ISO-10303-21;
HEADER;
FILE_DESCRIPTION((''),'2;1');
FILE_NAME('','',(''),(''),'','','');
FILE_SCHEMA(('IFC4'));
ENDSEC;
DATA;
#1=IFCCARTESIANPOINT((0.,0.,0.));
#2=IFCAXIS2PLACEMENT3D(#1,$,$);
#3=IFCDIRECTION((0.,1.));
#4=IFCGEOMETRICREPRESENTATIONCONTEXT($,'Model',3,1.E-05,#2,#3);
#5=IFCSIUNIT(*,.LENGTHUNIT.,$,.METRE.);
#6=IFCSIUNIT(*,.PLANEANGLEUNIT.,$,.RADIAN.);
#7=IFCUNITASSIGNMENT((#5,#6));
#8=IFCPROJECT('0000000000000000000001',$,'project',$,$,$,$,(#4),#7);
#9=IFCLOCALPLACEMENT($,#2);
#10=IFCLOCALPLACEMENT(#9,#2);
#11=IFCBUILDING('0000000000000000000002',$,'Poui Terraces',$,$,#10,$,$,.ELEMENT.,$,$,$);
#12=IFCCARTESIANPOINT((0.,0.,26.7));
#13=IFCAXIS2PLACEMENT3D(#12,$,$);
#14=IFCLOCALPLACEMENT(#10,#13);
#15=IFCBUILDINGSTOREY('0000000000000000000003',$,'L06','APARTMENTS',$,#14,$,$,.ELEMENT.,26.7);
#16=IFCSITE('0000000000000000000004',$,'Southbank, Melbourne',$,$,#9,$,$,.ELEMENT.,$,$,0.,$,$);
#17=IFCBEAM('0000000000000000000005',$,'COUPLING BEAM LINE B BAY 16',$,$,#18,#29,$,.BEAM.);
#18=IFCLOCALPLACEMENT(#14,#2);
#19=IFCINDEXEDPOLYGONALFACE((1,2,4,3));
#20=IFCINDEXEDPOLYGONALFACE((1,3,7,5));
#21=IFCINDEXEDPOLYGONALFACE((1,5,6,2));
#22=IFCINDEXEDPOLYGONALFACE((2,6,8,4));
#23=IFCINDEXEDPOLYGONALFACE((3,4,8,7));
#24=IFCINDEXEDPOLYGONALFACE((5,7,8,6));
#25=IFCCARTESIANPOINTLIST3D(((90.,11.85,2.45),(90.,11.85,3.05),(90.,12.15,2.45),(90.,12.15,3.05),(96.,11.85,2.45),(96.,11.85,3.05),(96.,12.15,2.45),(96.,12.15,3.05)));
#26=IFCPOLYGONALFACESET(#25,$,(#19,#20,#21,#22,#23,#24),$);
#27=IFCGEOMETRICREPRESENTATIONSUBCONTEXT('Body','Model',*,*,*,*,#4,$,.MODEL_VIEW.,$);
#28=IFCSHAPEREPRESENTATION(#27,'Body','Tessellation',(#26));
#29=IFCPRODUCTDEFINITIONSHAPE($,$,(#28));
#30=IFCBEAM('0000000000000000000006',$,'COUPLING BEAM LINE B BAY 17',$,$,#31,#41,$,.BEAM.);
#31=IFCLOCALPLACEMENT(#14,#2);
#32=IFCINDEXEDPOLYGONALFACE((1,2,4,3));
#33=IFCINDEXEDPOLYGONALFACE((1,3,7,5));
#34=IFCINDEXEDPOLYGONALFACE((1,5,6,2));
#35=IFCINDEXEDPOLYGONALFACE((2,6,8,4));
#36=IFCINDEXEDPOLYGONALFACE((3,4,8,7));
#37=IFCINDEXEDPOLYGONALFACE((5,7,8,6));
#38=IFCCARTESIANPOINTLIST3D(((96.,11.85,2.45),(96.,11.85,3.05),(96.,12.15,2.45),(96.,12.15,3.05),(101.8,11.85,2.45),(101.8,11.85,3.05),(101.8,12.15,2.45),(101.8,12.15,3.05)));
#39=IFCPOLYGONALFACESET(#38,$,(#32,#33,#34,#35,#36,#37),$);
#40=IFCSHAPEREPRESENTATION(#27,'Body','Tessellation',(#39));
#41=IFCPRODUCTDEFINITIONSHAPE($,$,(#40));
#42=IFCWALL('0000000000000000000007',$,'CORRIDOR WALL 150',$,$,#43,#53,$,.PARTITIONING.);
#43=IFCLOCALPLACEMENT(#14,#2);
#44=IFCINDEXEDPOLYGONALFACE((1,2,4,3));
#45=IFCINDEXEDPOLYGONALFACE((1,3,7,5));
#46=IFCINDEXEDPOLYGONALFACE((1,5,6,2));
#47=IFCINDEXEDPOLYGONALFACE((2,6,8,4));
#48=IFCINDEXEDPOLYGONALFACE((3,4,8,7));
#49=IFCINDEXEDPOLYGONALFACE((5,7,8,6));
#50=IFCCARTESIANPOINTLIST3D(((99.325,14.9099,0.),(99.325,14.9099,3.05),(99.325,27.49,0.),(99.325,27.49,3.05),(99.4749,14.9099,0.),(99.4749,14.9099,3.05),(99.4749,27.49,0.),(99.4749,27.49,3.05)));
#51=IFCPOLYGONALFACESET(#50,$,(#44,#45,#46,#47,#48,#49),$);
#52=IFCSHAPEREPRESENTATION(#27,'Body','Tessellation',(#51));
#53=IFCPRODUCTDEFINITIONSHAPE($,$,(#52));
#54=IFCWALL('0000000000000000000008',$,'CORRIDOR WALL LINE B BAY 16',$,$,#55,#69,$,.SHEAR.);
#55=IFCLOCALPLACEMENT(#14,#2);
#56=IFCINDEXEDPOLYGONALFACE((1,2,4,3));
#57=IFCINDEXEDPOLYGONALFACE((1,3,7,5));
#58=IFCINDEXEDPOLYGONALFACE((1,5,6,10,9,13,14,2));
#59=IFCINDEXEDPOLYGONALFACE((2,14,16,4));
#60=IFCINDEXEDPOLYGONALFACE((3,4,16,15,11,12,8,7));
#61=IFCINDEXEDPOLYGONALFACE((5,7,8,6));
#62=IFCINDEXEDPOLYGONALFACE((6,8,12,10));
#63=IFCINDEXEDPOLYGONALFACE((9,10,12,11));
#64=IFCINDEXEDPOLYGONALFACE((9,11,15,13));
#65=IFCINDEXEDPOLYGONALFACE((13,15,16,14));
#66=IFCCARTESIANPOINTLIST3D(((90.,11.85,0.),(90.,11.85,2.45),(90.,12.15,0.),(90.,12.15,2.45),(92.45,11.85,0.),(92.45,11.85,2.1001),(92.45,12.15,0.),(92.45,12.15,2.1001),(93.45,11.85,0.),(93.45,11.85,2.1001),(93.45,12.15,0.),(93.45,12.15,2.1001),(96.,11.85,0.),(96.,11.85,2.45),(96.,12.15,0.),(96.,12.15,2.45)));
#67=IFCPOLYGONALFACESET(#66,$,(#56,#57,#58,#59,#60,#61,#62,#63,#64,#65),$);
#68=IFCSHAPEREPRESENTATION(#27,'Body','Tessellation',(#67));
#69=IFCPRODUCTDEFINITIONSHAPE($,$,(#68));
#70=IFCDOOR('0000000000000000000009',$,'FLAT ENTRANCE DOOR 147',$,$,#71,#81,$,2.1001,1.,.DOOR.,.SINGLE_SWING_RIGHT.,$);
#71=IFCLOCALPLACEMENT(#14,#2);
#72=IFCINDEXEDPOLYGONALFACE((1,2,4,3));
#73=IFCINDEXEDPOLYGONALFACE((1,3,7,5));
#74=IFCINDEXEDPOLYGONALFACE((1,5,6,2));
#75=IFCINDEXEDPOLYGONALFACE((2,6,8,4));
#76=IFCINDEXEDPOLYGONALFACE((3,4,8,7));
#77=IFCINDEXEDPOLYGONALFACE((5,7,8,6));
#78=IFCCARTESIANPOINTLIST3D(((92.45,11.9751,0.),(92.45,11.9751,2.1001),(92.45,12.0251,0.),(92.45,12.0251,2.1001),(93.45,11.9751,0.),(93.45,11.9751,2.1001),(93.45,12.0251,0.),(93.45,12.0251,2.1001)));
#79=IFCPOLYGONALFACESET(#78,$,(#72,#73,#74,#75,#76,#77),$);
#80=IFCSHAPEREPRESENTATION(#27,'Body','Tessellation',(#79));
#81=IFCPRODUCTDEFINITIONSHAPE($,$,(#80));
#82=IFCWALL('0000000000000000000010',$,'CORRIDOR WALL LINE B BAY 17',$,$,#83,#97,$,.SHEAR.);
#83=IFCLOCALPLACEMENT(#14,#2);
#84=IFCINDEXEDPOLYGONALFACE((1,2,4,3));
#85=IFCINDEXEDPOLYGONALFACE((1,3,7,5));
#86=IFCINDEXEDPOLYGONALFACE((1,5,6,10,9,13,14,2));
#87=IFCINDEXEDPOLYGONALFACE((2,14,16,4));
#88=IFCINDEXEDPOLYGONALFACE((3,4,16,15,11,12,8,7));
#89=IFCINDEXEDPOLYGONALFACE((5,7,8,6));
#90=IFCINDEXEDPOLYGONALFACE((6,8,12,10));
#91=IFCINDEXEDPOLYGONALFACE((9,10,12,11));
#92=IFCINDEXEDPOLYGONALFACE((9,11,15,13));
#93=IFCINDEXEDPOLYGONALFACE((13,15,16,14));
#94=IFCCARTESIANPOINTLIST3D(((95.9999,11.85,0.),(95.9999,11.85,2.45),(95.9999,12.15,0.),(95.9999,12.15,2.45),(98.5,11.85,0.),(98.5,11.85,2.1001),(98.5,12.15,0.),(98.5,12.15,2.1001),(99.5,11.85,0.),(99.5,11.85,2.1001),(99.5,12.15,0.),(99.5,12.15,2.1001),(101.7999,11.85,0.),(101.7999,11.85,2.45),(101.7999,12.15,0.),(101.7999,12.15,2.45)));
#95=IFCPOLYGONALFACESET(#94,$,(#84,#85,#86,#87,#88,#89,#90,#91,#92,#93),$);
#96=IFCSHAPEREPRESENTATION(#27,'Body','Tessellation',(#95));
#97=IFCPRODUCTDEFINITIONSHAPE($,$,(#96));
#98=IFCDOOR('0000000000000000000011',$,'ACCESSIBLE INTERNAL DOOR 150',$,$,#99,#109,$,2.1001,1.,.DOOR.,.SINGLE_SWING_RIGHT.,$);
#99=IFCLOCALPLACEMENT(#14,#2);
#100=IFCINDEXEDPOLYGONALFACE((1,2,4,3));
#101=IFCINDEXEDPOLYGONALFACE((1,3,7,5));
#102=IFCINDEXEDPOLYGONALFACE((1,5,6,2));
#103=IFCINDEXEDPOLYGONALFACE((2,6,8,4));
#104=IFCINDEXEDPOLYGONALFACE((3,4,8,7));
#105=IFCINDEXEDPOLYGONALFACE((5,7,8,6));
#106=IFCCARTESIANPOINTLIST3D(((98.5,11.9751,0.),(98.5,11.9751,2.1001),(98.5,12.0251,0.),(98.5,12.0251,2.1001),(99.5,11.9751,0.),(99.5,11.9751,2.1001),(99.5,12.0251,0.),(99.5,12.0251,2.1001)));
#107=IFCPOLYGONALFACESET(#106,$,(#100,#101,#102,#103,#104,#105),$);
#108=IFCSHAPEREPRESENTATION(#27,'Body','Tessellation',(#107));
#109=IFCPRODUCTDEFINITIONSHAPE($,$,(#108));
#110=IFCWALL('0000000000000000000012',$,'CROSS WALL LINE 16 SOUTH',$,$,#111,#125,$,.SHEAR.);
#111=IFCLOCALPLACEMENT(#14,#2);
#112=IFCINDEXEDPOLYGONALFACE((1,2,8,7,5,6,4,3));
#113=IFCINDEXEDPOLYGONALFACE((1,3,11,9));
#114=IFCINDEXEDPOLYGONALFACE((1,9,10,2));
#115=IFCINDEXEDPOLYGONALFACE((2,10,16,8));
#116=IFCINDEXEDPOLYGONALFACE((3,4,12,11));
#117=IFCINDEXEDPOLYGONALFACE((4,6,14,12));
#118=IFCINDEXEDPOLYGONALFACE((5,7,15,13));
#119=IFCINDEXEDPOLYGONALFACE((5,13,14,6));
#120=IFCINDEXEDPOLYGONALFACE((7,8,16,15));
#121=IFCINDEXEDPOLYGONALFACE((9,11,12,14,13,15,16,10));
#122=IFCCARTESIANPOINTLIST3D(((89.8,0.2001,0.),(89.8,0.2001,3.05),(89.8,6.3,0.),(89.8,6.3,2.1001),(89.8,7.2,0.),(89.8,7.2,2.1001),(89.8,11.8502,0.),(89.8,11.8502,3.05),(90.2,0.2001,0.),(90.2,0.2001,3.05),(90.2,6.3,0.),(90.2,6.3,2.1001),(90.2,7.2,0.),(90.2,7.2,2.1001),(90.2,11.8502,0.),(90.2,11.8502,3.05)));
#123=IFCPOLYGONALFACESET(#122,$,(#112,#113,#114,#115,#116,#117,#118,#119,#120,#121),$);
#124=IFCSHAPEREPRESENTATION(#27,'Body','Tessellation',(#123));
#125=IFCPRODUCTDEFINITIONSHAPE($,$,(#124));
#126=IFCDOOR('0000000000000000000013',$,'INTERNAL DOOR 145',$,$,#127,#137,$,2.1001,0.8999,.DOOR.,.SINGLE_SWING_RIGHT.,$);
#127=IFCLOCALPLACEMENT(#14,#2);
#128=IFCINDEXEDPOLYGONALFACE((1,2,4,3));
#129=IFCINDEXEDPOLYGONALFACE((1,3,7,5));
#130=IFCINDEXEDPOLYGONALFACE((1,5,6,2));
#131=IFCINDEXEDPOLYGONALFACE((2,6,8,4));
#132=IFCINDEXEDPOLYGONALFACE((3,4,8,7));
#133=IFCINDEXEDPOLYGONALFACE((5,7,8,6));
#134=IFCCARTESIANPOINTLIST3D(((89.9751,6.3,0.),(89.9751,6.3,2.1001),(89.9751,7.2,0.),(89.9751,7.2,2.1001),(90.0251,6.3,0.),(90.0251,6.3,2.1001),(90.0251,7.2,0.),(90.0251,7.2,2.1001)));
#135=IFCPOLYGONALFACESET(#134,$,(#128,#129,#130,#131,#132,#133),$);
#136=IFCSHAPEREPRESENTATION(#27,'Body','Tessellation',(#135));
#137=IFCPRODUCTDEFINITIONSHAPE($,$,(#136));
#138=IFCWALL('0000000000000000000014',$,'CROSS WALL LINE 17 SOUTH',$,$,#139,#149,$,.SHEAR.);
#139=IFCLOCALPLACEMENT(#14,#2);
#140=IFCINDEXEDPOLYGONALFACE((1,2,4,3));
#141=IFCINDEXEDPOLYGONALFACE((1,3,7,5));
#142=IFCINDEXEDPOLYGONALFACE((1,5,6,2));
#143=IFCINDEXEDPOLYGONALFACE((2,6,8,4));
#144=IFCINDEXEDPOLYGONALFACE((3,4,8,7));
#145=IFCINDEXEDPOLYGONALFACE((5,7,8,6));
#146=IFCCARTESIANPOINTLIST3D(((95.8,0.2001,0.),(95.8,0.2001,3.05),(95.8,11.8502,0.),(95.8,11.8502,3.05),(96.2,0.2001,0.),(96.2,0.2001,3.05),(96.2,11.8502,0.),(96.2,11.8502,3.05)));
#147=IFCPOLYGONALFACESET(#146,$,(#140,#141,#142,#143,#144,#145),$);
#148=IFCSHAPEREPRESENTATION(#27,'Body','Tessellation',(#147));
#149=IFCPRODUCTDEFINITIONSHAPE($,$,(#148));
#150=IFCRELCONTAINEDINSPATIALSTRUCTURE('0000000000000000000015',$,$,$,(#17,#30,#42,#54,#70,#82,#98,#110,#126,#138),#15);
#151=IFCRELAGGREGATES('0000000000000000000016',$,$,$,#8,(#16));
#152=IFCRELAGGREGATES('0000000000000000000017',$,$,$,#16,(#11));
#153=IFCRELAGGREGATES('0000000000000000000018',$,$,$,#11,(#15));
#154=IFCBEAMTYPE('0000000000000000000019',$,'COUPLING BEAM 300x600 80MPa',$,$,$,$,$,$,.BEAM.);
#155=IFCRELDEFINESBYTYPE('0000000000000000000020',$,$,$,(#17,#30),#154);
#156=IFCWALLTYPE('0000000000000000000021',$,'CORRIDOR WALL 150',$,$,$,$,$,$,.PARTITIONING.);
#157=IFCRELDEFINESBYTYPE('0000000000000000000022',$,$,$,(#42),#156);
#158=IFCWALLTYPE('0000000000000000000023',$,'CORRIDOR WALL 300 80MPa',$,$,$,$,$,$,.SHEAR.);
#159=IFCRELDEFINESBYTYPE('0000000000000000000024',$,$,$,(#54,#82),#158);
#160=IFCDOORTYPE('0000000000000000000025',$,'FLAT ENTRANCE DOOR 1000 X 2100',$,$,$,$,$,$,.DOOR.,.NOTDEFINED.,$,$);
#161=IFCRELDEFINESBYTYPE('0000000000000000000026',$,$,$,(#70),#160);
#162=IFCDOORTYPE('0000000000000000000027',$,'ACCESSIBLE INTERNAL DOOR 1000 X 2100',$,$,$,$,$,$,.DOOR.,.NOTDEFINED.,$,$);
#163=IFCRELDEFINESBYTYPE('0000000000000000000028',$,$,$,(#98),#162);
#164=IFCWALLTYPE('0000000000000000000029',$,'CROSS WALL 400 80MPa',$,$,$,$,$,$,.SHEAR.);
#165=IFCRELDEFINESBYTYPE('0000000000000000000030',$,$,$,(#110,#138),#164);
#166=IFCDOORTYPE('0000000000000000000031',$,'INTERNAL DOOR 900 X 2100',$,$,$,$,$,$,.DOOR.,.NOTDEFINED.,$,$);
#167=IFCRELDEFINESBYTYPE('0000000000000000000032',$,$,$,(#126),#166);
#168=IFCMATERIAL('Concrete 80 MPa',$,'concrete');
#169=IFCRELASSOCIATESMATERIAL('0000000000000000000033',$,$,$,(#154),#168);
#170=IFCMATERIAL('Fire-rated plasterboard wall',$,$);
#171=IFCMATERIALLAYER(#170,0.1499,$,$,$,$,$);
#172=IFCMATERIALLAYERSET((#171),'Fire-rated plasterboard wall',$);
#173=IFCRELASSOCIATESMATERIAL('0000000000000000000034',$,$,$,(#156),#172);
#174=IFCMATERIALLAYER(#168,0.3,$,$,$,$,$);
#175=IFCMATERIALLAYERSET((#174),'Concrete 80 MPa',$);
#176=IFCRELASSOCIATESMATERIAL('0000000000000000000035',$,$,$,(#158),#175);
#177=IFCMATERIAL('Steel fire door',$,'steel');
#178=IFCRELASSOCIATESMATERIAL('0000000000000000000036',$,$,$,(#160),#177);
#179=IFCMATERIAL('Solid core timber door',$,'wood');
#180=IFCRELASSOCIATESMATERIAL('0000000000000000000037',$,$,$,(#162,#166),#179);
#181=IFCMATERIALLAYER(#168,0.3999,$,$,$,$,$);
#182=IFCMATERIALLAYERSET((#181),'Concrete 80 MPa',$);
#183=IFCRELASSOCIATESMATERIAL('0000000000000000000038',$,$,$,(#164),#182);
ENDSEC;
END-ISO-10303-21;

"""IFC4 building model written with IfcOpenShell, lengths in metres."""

from ifc_helpers import new_model, si_unit, direction, frame, frame_2d, origin, origin_2d, place, context, subcontext, project, spatial, rectangle, extrude, source, transform, mapped, material, layer, layer_set, material_profile, profile_set, type_object, element, fill, save


model = new_model("IFC4")

# Units and contexts
model_context = context("Model", 3, precision=1e-05, world=origin(), true_north=direction((0.0, 1.0)))
body_context = subcontext(model_context, "Body", "Model", "MODEL_VIEW")
ifc_project = project(units=[si_unit("LENGTHUNIT", "METRE"), si_unit("PLANEANGLEUNIT", "RADIAN")], contexts=[model_context])

# Site, building, storey
site_placement = place(None, origin())
site = spatial("IfcSite", under=ifc_project, at=site_placement, Name="Southbank, Melbourne", CompositionType="ELEMENT", RefElevation=0.0)
building_placement = place(site_placement, origin())
building = spatial("IfcBuilding", under=site, at=building_placement, Name="Poui Terraces", CompositionType="ELEMENT")
storey_placement = place(building_placement, frame((0.0, 0.0, 26.7)))
storey = spatial("IfcBuildingStorey", under=building, at=storey_placement, Name="L06", Description="APARTMENTS", CompositionType="ELEMENT", Elevation=26.7)

# Beams
ifc_material_1 = material(Name="Concrete 80 MPa", Category="concrete")
ifc_material_profile = material_profile(ifc_material_1, rectangle(XDim=0.3, YDim=0.6001, at=origin_2d()), Name="RC 300x600")
ifc_profile_set = profile_set([ifc_material_profile], Name="Concrete 80 MPa")
beam_type = type_object("IfcBeamType", Name="COUPLING BEAM 300x600 80MPa", PredefinedType="BEAM", material=ifc_profile_set)
shared_shape_1 = source(origin(), body_context, "Body", "SweptSolid", [
    extrude(rectangle(XDim=0.3, YDim=0.6001, at=origin_2d()), origin(), (0.0, 0.0, 1.0), 6.0),
])
beam_1_placement = place(storey_placement, frame((90.0, 12.0, 2.75), z_axis=(1.0, 0.0, 0.0), x_axis=(0.0, 1.0, 0.0)))
element("IfcBeam", 1, at=beam_1_placement, inside=storey, type_object=beam_type, Name="COUPLING BEAM LINE B BAY 16", PredefinedType="BEAM", context=body_context, shape_type="MappedRepresentation", body=[
    mapped(shared_shape_1, transform((0.0, 0.0, 0.0))),
])
shared_shape_2 = source(origin(), body_context, "Body", "SweptSolid", [
    extrude(rectangle(XDim=0.3, YDim=0.6001, at=origin_2d()), origin(), (0.0, 0.0, 1.0), 5.8),
])
beam_2_placement = place(storey_placement, frame((96.0, 12.0, 2.75), z_axis=(1.0, 0.0, 0.0), x_axis=(0.0, 1.0, 0.0)))
element("IfcBeam", 2, at=beam_2_placement, inside=storey, type_object=beam_type, Name="COUPLING BEAM LINE B BAY 17", PredefinedType="BEAM", context=body_context, shape_type="MappedRepresentation", body=[
    mapped(shared_shape_2, transform((0.0, 0.0, 0.0))),
])

# Wall
ifc_material_2 = material(Name="Fire-rated plasterboard wall")
ifc_layer_1 = layer(ifc_material_2, 0.1499)
ifc_layer_set_1 = layer_set([ifc_layer_1], Name="Fire-rated plasterboard wall")
wall_type_1 = type_object("IfcWallType", Name="CORRIDOR WALL 150", PredefinedType="PARTITIONING", material=ifc_layer_set_1)
wall_1_placement = place(storey_placement, frame((99.3999, 14.9099, 0.0), z_axis=(0.0, 0.0, 1.0), x_axis=(0.0, 1.0, 0.0)))
element("IfcWall", 3, at=wall_1_placement, inside=storey, type_object=wall_type_1, Name="CORRIDOR WALL 150", PredefinedType="PARTITIONING", context=body_context, shape_type="SweptSolid", body=[
    extrude(rectangle(XDim=12.5801, YDim=0.1499, at=frame_2d((6.29, 0.0))), origin(), (0.0, 0.0, 1.0), 3.05),
])

# Walls, openings, doors
ifc_layer_2 = layer(ifc_material_1, 0.3)
ifc_layer_set_2 = layer_set([ifc_layer_2], Name="Concrete 80 MPa")
wall_type_2 = type_object("IfcWallType", Name="CORRIDOR WALL 300 80MPa", PredefinedType="SHEAR", material=ifc_layer_set_2)
wall_2_placement = place(storey_placement, frame((90.0, 12.0, 0.0), z_axis=(0.0, 0.0, 1.0), x_axis=(1.0, 0.0, 0.0)))
wall_2 = element("IfcWall", 4, at=wall_2_placement, inside=storey, type_object=wall_type_2, Name="CORRIDOR WALL LINE B BAY 16", PredefinedType="SHEAR", context=body_context, shape_type="SweptSolid", body=[
    extrude(rectangle(XDim=6.0, YDim=0.3, at=frame_2d((3.0, 0.0))), origin(), (0.0, 0.0, 1.0), 2.45),
])
opening_1_placement = place(wall_2_placement, frame((2.45, 0.0, 0.0)))
opening_1 = element("IfcOpeningElement", 5, at=opening_1_placement, cuts=wall_2, PredefinedType="OPENING", context=body_context, shape_type="SweptSolid", body=[
    extrude(rectangle(XDim=1.0, YDim=2.1001, at=frame_2d((0.5, 1.05))), frame((0.0, 0.1602, 0.0), z_axis=(0.0, -1.0, 0.0), x_axis=(1.0, 0.0, 0.0)), (0.0, 0.0, 1.0), 0.3201),
])
ifc_material_3 = material(Name="Steel fire door", Category="steel")
door_type_1 = type_object("IfcDoorType", Name="FLAT ENTRANCE DOOR 1000 X 2100", OperationType="NOTDEFINED", PredefinedType="DOOR", material=ifc_material_3)
door_1_placement = place(opening_1_placement, frame((1.0, 0.0, 0.0), z_axis=(0.0, 0.0, 1.0), x_axis=(-1.0, 0.0, 0.0)))
door_1 = element("IfcDoor", 6, at=door_1_placement, inside=storey, type_object=door_type_1, Name="FLAT ENTRANCE DOOR 147", OperationType="SINGLE_SWING_RIGHT", OverallHeight=2.1001, OverallWidth=1.0, PredefinedType="DOOR", context=body_context, shape_type="SweptSolid", body=[
    extrude(rectangle(XDim=1.0, YDim=2.1001, at=frame_2d((0.5, 1.05))), frame((0.0, 0.0249, 0.0), z_axis=(0.0, -1.0, 0.0), x_axis=(1.0, 0.0, 0.0)), (0.0, 0.0, 1.0), 0.05),
])
fill(opening_1, door_1)
wall_3_placement = place(storey_placement, frame((96.0, 12.0, 0.0), z_axis=(0.0, 0.0, 1.0), x_axis=(1.0, 0.0, 0.0)))
wall_3 = element("IfcWall", 7, at=wall_3_placement, inside=storey, type_object=wall_type_2, Name="CORRIDOR WALL LINE B BAY 17", PredefinedType="SHEAR", context=body_context, shape_type="SweptSolid", body=[
    extrude(rectangle(XDim=5.8, YDim=0.3, at=frame_2d((2.8999, 0.0))), origin(), (0.0, 0.0, 1.0), 2.45),
])
opening_2_placement = place(wall_3_placement, frame((2.5, 0.0, 0.0)))
opening_2 = element("IfcOpeningElement", 8, at=opening_2_placement, cuts=wall_3, PredefinedType="OPENING", context=body_context, shape_type="SweptSolid", body=[
    extrude(rectangle(XDim=1.0, YDim=2.1001, at=frame_2d((0.5, 1.05))), frame((0.0, 0.1602, 0.0), z_axis=(0.0, -1.0, 0.0), x_axis=(1.0, 0.0, 0.0)), (0.0, 0.0, 1.0), 0.3201),
])
ifc_material_4 = material(Name="Solid core timber door", Category="wood")
door_type_2 = type_object("IfcDoorType", Name="ACCESSIBLE INTERNAL DOOR 1000 X 2100", OperationType="NOTDEFINED", PredefinedType="DOOR", material=ifc_material_4)
door_2_placement = place(opening_2_placement, frame((1.0, 0.0, 0.0), z_axis=(0.0, 0.0, 1.0), x_axis=(-1.0, 0.0, 0.0)))
door_2 = element("IfcDoor", 9, at=door_2_placement, inside=storey, type_object=door_type_2, Name="ACCESSIBLE INTERNAL DOOR 150", OperationType="SINGLE_SWING_RIGHT", OverallHeight=2.1001, OverallWidth=1.0, PredefinedType="DOOR", context=body_context, shape_type="SweptSolid", body=[
    extrude(rectangle(XDim=1.0, YDim=2.1001, at=frame_2d((0.5, 1.05))), frame((0.0, 0.0249, 0.0), z_axis=(0.0, -1.0, 0.0), x_axis=(1.0, 0.0, 0.0)), (0.0, 0.0, 1.0), 0.05),
])
fill(opening_2, door_2)
ifc_layer_3 = layer(ifc_material_1, 0.3999)
ifc_layer_set_3 = layer_set([ifc_layer_3], Name="Concrete 80 MPa")
wall_type_3 = type_object("IfcWallType", Name="CROSS WALL 400 80MPa", PredefinedType="SHEAR", material=ifc_layer_set_3)
wall_4_placement = place(storey_placement, frame((90.0, 0.2, 0.0), z_axis=(0.0, 0.0, 1.0), x_axis=(0.0, 1.0, 0.0)))
wall_4 = element("IfcWall", 10, at=wall_4_placement, inside=storey, type_object=wall_type_3, Name="CROSS WALL LINE 16 SOUTH", PredefinedType="SHEAR", context=body_context, shape_type="SweptSolid", body=[
    extrude(rectangle(XDim=11.6501, YDim=0.3999, at=frame_2d((5.8252, 0.0))), origin(), (0.0, 0.0, 1.0), 3.05),
])
opening_3_placement = place(wall_4_placement, frame((6.1001, 0.0, 0.0)))
opening_3 = element("IfcOpeningElement", 11, at=opening_3_placement, cuts=wall_4, PredefinedType="OPENING", context=body_context, shape_type="SweptSolid", body=[
    extrude(rectangle(XDim=0.8999, YDim=2.1001, at=frame_2d((0.45, 1.05))), frame((0.0, 0.21, 0.0), z_axis=(0.0, -1.0, 0.0), x_axis=(1.0, 0.0, 0.0)), (0.0, 0.0, 1.0), 0.4199),
])
door_type_3 = type_object("IfcDoorType", Name="INTERNAL DOOR 900 X 2100", OperationType="NOTDEFINED", PredefinedType="DOOR", material=ifc_material_4)
door_3_placement = place(opening_3_placement, origin())
door_3 = element("IfcDoor", 12, at=door_3_placement, inside=storey, type_object=door_type_3, Name="INTERNAL DOOR 145", OperationType="SINGLE_SWING_RIGHT", OverallHeight=2.1001, OverallWidth=0.8999, PredefinedType="DOOR", context=body_context, shape_type="SweptSolid", body=[
    extrude(rectangle(XDim=0.8999, YDim=2.1001, at=frame_2d((0.45, 1.05))), frame((0.0, 0.0249, 0.0), z_axis=(0.0, -1.0, 0.0), x_axis=(1.0, 0.0, 0.0)), (0.0, 0.0, 1.0), 0.05),
])
fill(opening_3, door_3)

# Wall
wall_5_placement = place(storey_placement, frame((96.0, 0.2, 0.0), z_axis=(0.0, 0.0, 1.0), x_axis=(0.0, 1.0, 0.0)))
element("IfcWall", 13, at=wall_5_placement, inside=storey, type_object=wall_type_3, Name="CROSS WALL LINE 17 SOUTH", PredefinedType="SHEAR", context=body_context, shape_type="SweptSolid", body=[
    extrude(rectangle(XDim=11.6501, YDim=0.3999, at=frame_2d((5.8252, 0.0))), origin(), (0.0, 0.0, 1.0), 3.05),
])

save(model, "model.ifc")
